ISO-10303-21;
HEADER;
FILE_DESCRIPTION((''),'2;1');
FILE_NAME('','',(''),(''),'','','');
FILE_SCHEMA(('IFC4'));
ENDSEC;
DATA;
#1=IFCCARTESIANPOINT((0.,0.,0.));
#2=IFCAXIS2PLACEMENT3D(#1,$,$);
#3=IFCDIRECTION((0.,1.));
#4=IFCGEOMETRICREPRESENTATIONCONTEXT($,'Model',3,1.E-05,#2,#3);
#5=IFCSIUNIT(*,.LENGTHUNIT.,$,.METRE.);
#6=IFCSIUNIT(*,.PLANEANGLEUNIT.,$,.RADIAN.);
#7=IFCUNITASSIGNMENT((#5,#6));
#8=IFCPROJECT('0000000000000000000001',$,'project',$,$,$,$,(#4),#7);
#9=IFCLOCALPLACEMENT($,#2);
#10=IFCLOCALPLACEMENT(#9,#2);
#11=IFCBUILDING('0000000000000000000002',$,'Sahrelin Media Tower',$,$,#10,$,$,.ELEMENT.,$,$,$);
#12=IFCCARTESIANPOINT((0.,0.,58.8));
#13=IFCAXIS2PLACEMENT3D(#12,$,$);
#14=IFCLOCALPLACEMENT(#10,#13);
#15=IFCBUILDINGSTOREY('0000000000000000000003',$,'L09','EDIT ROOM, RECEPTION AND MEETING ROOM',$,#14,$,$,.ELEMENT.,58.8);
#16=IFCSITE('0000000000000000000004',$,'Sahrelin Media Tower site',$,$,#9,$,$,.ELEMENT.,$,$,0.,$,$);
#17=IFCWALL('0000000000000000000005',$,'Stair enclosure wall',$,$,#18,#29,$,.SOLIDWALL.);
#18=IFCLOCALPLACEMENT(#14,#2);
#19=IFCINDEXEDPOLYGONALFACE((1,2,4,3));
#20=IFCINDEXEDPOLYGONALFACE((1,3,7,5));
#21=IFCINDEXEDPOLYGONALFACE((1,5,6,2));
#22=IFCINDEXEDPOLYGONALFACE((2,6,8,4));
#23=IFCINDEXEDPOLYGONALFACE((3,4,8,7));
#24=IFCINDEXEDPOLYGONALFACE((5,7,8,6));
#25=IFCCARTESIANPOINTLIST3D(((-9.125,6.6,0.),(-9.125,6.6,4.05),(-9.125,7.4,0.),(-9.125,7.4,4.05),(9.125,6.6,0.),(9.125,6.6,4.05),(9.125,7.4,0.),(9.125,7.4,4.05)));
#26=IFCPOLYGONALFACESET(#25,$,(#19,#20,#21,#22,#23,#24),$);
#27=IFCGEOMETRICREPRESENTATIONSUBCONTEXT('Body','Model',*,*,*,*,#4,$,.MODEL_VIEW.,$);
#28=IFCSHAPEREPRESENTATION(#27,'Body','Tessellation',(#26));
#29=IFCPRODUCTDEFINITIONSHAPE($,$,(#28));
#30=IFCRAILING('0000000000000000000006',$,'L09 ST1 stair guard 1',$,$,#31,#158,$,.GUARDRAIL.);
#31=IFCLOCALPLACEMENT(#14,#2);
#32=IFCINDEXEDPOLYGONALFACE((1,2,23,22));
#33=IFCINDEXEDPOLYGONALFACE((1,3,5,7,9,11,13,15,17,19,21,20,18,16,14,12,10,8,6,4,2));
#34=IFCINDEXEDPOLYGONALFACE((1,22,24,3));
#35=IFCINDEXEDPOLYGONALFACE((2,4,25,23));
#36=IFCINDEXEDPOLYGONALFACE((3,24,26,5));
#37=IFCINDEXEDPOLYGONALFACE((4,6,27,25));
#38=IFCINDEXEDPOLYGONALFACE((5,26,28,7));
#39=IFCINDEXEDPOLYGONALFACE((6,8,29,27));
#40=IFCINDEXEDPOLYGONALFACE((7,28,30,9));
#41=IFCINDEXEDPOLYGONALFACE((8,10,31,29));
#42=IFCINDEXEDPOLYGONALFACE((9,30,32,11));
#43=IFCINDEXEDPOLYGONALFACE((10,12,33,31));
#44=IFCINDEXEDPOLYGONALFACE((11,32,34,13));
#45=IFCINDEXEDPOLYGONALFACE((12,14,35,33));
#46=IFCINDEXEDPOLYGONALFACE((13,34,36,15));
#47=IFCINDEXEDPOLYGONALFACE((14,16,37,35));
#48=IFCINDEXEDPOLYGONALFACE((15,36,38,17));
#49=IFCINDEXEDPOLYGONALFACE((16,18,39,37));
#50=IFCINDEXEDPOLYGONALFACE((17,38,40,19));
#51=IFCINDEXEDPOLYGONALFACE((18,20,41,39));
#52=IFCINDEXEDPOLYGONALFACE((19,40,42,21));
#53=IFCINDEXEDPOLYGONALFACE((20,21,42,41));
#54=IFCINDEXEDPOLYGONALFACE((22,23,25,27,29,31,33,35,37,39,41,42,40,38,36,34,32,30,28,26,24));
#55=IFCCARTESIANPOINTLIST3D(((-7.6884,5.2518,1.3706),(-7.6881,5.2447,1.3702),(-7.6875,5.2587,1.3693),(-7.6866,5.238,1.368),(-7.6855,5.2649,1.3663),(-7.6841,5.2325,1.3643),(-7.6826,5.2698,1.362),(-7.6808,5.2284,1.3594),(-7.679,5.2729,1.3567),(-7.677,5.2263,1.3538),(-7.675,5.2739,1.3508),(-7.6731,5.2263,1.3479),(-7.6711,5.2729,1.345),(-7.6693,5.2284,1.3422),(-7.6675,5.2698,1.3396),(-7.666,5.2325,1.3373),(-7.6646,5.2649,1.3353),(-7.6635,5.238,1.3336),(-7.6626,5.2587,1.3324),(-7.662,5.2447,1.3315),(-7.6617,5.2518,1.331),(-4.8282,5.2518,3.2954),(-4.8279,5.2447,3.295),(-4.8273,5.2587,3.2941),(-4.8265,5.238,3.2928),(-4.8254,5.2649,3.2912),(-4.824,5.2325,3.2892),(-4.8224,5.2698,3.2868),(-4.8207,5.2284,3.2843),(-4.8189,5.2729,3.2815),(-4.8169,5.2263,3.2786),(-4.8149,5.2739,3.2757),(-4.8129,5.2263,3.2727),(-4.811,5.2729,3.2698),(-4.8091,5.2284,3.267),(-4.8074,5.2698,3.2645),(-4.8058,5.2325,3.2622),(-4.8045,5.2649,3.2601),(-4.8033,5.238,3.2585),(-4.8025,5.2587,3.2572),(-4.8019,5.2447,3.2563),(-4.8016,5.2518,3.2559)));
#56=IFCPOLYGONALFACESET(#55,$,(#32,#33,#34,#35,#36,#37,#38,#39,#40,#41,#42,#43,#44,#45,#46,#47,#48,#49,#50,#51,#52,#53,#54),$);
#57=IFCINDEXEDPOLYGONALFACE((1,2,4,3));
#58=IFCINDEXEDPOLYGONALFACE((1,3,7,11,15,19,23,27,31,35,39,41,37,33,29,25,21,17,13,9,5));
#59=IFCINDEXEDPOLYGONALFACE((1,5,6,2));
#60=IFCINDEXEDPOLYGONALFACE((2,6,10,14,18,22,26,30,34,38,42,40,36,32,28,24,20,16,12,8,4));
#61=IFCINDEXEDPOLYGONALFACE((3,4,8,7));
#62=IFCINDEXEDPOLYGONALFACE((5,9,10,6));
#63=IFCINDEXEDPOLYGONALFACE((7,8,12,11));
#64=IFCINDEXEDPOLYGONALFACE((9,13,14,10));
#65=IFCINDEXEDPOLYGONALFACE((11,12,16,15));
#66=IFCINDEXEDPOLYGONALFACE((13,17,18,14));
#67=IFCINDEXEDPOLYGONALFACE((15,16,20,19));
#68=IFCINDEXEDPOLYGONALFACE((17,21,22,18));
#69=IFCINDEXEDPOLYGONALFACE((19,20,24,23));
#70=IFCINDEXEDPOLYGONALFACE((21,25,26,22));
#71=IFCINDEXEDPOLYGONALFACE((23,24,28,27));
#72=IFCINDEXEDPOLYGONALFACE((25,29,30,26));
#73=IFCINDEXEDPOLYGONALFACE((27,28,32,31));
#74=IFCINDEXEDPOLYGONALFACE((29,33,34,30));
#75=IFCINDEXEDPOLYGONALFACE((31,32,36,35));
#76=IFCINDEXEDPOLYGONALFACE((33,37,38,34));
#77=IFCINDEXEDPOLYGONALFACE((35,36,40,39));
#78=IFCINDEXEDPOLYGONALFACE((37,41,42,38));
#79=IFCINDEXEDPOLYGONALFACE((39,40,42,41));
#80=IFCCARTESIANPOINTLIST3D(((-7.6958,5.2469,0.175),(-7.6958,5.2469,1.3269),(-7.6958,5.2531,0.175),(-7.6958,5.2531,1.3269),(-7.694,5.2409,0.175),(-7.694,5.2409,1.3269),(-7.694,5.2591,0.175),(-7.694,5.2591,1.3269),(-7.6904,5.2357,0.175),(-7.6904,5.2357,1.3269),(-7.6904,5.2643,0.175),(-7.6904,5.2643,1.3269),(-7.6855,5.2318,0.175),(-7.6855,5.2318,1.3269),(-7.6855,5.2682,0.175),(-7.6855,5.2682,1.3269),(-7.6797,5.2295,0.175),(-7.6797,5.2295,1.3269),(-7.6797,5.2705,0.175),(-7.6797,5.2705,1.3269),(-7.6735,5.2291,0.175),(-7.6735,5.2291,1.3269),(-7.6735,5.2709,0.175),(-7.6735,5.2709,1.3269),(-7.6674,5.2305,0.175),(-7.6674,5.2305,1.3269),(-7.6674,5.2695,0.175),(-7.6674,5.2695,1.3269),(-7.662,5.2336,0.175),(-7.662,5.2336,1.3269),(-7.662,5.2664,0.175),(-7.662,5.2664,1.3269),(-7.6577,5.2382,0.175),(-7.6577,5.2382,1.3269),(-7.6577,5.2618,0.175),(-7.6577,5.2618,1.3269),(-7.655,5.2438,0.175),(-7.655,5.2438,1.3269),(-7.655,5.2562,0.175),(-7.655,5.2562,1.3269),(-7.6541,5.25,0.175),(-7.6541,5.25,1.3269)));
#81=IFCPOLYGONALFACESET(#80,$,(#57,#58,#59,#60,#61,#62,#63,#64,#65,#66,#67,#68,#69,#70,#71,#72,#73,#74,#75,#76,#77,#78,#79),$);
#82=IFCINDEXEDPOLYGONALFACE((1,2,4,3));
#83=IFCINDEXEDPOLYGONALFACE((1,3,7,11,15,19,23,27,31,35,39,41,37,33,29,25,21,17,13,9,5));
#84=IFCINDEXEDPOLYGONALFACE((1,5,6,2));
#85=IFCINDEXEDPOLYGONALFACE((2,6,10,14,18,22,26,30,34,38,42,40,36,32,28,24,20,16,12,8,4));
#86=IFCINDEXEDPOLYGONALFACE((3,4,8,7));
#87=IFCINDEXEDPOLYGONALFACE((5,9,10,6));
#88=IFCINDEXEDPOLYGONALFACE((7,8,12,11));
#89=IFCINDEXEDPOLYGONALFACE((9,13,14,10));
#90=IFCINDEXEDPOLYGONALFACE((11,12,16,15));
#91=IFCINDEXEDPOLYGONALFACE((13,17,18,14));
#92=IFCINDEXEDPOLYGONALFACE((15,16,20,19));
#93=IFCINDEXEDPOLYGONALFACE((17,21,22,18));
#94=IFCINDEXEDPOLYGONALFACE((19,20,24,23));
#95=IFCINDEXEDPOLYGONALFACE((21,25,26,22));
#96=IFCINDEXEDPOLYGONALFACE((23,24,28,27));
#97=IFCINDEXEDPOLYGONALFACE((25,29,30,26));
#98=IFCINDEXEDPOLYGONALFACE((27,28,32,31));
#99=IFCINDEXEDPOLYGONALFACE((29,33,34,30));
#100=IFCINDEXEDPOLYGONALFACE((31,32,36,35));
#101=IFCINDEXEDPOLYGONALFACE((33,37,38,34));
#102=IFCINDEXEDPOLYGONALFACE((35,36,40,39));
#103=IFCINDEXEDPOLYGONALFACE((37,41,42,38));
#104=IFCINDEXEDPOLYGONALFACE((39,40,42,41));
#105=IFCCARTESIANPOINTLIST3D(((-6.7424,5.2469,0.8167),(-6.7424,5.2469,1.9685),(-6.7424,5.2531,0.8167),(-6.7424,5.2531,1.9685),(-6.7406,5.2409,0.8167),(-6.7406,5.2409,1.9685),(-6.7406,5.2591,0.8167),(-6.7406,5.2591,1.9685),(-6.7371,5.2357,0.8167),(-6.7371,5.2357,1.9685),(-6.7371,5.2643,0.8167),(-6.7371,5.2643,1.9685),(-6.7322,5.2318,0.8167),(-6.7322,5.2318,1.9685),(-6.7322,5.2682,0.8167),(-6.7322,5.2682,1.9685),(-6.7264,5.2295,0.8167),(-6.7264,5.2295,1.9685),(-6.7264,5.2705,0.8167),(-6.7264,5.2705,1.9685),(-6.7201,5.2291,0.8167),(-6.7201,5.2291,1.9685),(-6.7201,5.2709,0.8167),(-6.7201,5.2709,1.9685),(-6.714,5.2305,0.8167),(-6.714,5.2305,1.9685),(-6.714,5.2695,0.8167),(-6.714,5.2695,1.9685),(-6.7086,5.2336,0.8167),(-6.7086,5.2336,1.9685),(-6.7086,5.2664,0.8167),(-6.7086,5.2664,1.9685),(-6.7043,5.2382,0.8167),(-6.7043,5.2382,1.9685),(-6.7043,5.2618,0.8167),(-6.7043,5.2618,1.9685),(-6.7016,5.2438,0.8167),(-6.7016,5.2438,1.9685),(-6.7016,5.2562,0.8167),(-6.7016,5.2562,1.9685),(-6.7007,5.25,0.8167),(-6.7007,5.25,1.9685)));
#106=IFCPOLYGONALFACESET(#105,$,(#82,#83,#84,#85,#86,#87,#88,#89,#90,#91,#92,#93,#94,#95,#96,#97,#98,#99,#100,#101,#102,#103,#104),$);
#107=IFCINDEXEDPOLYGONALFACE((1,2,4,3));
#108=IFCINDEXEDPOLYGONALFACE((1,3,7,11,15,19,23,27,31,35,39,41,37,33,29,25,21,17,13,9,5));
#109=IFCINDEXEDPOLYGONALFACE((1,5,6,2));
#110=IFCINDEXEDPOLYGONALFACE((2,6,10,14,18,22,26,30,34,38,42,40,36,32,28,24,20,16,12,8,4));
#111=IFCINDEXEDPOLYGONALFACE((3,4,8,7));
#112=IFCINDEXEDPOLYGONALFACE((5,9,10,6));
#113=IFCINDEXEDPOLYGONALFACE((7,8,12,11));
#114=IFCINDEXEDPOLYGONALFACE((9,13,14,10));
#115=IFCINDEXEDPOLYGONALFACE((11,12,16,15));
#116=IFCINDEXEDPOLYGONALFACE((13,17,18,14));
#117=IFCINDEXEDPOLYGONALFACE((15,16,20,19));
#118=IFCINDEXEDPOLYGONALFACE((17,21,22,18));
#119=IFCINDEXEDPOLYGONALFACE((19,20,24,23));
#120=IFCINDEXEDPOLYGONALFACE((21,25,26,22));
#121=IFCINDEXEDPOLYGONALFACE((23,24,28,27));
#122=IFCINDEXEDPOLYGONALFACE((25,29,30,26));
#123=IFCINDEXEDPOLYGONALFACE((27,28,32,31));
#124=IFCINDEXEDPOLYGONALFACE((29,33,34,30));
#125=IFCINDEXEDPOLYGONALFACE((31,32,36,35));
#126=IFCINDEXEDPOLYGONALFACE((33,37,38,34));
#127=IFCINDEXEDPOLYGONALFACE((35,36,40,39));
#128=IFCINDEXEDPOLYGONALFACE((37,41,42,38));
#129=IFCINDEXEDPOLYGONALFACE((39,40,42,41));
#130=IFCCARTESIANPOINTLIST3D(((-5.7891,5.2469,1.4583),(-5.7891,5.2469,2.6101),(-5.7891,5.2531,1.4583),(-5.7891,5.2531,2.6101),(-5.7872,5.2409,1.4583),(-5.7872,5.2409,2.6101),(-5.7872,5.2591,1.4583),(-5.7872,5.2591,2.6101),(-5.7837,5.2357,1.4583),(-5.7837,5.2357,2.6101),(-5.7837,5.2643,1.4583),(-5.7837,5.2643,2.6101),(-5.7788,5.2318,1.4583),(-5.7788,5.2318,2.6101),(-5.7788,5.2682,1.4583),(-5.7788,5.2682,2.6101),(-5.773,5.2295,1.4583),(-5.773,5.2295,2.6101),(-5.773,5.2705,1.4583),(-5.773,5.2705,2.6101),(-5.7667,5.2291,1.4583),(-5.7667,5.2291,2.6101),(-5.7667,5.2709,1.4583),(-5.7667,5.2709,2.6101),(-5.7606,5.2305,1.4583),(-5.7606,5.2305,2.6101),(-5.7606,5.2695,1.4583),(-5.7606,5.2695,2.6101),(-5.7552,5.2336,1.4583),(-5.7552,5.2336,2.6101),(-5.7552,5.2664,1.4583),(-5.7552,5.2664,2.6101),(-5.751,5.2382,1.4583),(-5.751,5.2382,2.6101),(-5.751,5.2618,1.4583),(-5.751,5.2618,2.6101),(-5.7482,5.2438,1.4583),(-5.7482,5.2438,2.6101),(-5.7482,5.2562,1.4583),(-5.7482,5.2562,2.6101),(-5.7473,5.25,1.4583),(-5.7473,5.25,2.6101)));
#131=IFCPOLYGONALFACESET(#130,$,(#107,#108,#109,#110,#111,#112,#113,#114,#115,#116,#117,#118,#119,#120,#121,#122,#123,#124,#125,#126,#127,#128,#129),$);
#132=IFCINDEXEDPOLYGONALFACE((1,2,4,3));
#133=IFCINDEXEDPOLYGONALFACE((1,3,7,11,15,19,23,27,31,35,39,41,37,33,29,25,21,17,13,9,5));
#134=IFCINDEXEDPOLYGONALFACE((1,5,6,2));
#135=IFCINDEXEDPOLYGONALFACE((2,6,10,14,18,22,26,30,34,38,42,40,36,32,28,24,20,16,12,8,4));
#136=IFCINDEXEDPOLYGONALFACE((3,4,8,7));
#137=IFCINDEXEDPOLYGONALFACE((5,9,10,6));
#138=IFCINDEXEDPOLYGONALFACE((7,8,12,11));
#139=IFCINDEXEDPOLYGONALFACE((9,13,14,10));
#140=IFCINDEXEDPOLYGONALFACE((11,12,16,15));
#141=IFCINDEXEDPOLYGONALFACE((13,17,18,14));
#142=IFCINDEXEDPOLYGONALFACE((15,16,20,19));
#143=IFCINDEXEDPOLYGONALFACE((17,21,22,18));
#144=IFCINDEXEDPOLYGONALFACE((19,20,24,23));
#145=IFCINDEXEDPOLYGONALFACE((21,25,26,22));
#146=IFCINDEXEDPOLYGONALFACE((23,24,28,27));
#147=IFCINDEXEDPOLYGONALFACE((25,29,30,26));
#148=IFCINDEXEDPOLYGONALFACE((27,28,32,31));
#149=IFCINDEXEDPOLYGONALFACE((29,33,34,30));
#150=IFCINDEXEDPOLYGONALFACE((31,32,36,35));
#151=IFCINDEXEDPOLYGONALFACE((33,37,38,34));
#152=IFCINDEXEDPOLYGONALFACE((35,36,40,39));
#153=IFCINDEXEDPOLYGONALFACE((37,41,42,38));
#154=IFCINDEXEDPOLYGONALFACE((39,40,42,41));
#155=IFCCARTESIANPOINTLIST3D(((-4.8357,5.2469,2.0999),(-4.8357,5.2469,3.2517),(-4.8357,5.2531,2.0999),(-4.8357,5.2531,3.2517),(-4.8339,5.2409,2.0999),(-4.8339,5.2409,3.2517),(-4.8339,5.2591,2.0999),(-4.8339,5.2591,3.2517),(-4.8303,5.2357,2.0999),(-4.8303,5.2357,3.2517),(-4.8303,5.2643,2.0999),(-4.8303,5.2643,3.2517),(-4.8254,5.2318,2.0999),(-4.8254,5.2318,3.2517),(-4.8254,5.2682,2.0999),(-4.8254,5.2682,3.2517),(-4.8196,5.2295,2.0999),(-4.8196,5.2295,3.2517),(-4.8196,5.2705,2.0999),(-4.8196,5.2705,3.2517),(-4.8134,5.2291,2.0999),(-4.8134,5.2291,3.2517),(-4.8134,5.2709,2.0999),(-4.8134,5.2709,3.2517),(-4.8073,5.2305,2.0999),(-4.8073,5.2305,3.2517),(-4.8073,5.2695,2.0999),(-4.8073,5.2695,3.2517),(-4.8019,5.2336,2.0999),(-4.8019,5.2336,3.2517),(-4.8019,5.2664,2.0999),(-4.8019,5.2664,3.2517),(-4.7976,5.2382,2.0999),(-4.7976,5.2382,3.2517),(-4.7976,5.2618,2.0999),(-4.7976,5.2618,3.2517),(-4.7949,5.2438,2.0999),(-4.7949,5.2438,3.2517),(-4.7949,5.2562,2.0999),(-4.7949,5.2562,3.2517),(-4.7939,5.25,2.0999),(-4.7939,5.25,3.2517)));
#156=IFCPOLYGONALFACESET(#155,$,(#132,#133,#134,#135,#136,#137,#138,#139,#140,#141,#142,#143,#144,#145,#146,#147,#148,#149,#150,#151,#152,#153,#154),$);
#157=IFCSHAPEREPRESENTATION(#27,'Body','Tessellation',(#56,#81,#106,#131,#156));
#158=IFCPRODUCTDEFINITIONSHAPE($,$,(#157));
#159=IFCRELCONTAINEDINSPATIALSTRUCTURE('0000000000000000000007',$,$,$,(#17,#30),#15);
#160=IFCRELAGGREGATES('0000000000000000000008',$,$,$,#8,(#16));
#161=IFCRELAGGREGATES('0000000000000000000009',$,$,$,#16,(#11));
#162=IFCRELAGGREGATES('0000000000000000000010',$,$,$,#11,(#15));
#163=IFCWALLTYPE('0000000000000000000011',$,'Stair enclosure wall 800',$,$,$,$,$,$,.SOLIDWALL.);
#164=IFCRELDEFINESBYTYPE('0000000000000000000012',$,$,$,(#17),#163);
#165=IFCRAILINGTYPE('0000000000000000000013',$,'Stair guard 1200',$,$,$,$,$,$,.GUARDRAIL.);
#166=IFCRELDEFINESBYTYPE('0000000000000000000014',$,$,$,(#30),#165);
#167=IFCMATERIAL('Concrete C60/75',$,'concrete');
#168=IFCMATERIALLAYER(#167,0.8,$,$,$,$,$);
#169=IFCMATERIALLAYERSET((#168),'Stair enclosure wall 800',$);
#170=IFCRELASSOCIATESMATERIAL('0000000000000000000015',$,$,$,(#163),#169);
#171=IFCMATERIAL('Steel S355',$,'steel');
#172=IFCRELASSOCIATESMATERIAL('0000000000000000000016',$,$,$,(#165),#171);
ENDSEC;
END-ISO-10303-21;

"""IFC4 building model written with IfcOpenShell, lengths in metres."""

from ifc_helpers import new_model, si_unit, direction, frame, frame_2d, origin, origin_2d, place, context, subcontext, project, spatial, rectangle, circle, extrude, material, layer, layer_set, type_object, element, save


model = new_model("IFC4")

# Units and contexts
model_context = context("Model", 3, precision=1e-05, world=origin(), true_north=direction((0.0, 1.0)))
body_context = subcontext(model_context, "Body", "Model", "MODEL_VIEW")
ifc_project = project(units=[si_unit("LENGTHUNIT", "METRE"), si_unit("PLANEANGLEUNIT", "RADIAN")], contexts=[model_context])

# Site, building, storey
site_placement = place(None, origin())
site = spatial("IfcSite", under=ifc_project, at=site_placement, Name="Sahrelin Media Tower site", CompositionType="ELEMENT", RefElevation=0.0)
building_placement = place(site_placement, origin())
building = spatial("IfcBuilding", under=site, at=building_placement, Name="Sahrelin Media Tower", CompositionType="ELEMENT")
storey_placement = place(building_placement, frame((0.0, 0.0, 58.8)))
storey = spatial("IfcBuildingStorey", under=building, at=storey_placement, Name="L09", Description="EDIT ROOM, RECEPTION AND MEETING ROOM", CompositionType="ELEMENT", Elevation=58.8)

# Shared definitions
ifc_material_1 = material(Name="Steel S355", Category="steel")

# Shared definitions
ifc_material_2 = material(Name="Concrete C60/75", Category="concrete")

# Wall
ifc_layer_1 = layer(ifc_material_2, 0.8)
ifc_layer_set_1 = layer_set([ifc_layer_1], Name="Stair enclosure wall 800")
wall_type_1 = type_object("IfcWallType", Name="Stair enclosure wall 800", PredefinedType="SOLIDWALL", material=ifc_layer_set_1)
wall_1_placement = place(storey_placement, frame((-9.125, 7.0, 0.0), z_axis=(0.0, 0.0, 1.0), x_axis=(1.0, 0.0, 0.0)))
element("IfcWall", 1, at=wall_1_placement, inside=storey, type_object=wall_type_1, Name="Stair enclosure wall", PredefinedType="SOLIDWALL", context=body_context, shape_type="SweptSolid", body=[
    extrude(rectangle(XDim=18.25, YDim=0.8, at=frame_2d((9.125, 0.0))), origin(), (0.0, 0.0, 1.0), 4.05),
])

# Railing
railing_type_1 = type_object("IfcRailingType", Name="Stair guard 1200", PredefinedType="GUARDRAIL", material=ifc_material_1)
railing_1_placement = place(storey_placement, frame((-7.675, 5.25, 0.175)))
element("IfcRailing", 2, at=railing_1_placement, inside=storey, type_object=railing_type_1, Name="L09 ST1 stair guard 1", PredefinedType="GUARDRAIL", context=body_context, shape_type="SweptSolid", body=[
    extrude(circle(Radius=0.0239, at=origin_2d()), frame((0.0, 0.0, 1.1758), z_axis=(0.829624, 0.0, 0.558323), x_axis=(0.0, 1.0, 0.0)), (0.0, 0.0, 1.0), 3.4475),
    extrude(circle(Radius=0.021, at=origin_2d()), origin(), (0.0, 0.0, 1.0), 1.1519),
    extrude(circle(Radius=0.021, at=origin_2d()), frame((0.9534, 0.0, 0.6416)), (0.0, 0.0, 1.0), 1.1519),
    extrude(circle(Radius=0.021, at=origin_2d()), frame((1.9067, 0.0, 1.2832)), (0.0, 0.0, 1.0), 1.1519),
    extrude(circle(Radius=0.021, at=origin_2d()), frame((2.8601, 0.0, 1.9248)), (0.0, 0.0, 1.0), 1.1519),
])

save(model, "model.ifc")
